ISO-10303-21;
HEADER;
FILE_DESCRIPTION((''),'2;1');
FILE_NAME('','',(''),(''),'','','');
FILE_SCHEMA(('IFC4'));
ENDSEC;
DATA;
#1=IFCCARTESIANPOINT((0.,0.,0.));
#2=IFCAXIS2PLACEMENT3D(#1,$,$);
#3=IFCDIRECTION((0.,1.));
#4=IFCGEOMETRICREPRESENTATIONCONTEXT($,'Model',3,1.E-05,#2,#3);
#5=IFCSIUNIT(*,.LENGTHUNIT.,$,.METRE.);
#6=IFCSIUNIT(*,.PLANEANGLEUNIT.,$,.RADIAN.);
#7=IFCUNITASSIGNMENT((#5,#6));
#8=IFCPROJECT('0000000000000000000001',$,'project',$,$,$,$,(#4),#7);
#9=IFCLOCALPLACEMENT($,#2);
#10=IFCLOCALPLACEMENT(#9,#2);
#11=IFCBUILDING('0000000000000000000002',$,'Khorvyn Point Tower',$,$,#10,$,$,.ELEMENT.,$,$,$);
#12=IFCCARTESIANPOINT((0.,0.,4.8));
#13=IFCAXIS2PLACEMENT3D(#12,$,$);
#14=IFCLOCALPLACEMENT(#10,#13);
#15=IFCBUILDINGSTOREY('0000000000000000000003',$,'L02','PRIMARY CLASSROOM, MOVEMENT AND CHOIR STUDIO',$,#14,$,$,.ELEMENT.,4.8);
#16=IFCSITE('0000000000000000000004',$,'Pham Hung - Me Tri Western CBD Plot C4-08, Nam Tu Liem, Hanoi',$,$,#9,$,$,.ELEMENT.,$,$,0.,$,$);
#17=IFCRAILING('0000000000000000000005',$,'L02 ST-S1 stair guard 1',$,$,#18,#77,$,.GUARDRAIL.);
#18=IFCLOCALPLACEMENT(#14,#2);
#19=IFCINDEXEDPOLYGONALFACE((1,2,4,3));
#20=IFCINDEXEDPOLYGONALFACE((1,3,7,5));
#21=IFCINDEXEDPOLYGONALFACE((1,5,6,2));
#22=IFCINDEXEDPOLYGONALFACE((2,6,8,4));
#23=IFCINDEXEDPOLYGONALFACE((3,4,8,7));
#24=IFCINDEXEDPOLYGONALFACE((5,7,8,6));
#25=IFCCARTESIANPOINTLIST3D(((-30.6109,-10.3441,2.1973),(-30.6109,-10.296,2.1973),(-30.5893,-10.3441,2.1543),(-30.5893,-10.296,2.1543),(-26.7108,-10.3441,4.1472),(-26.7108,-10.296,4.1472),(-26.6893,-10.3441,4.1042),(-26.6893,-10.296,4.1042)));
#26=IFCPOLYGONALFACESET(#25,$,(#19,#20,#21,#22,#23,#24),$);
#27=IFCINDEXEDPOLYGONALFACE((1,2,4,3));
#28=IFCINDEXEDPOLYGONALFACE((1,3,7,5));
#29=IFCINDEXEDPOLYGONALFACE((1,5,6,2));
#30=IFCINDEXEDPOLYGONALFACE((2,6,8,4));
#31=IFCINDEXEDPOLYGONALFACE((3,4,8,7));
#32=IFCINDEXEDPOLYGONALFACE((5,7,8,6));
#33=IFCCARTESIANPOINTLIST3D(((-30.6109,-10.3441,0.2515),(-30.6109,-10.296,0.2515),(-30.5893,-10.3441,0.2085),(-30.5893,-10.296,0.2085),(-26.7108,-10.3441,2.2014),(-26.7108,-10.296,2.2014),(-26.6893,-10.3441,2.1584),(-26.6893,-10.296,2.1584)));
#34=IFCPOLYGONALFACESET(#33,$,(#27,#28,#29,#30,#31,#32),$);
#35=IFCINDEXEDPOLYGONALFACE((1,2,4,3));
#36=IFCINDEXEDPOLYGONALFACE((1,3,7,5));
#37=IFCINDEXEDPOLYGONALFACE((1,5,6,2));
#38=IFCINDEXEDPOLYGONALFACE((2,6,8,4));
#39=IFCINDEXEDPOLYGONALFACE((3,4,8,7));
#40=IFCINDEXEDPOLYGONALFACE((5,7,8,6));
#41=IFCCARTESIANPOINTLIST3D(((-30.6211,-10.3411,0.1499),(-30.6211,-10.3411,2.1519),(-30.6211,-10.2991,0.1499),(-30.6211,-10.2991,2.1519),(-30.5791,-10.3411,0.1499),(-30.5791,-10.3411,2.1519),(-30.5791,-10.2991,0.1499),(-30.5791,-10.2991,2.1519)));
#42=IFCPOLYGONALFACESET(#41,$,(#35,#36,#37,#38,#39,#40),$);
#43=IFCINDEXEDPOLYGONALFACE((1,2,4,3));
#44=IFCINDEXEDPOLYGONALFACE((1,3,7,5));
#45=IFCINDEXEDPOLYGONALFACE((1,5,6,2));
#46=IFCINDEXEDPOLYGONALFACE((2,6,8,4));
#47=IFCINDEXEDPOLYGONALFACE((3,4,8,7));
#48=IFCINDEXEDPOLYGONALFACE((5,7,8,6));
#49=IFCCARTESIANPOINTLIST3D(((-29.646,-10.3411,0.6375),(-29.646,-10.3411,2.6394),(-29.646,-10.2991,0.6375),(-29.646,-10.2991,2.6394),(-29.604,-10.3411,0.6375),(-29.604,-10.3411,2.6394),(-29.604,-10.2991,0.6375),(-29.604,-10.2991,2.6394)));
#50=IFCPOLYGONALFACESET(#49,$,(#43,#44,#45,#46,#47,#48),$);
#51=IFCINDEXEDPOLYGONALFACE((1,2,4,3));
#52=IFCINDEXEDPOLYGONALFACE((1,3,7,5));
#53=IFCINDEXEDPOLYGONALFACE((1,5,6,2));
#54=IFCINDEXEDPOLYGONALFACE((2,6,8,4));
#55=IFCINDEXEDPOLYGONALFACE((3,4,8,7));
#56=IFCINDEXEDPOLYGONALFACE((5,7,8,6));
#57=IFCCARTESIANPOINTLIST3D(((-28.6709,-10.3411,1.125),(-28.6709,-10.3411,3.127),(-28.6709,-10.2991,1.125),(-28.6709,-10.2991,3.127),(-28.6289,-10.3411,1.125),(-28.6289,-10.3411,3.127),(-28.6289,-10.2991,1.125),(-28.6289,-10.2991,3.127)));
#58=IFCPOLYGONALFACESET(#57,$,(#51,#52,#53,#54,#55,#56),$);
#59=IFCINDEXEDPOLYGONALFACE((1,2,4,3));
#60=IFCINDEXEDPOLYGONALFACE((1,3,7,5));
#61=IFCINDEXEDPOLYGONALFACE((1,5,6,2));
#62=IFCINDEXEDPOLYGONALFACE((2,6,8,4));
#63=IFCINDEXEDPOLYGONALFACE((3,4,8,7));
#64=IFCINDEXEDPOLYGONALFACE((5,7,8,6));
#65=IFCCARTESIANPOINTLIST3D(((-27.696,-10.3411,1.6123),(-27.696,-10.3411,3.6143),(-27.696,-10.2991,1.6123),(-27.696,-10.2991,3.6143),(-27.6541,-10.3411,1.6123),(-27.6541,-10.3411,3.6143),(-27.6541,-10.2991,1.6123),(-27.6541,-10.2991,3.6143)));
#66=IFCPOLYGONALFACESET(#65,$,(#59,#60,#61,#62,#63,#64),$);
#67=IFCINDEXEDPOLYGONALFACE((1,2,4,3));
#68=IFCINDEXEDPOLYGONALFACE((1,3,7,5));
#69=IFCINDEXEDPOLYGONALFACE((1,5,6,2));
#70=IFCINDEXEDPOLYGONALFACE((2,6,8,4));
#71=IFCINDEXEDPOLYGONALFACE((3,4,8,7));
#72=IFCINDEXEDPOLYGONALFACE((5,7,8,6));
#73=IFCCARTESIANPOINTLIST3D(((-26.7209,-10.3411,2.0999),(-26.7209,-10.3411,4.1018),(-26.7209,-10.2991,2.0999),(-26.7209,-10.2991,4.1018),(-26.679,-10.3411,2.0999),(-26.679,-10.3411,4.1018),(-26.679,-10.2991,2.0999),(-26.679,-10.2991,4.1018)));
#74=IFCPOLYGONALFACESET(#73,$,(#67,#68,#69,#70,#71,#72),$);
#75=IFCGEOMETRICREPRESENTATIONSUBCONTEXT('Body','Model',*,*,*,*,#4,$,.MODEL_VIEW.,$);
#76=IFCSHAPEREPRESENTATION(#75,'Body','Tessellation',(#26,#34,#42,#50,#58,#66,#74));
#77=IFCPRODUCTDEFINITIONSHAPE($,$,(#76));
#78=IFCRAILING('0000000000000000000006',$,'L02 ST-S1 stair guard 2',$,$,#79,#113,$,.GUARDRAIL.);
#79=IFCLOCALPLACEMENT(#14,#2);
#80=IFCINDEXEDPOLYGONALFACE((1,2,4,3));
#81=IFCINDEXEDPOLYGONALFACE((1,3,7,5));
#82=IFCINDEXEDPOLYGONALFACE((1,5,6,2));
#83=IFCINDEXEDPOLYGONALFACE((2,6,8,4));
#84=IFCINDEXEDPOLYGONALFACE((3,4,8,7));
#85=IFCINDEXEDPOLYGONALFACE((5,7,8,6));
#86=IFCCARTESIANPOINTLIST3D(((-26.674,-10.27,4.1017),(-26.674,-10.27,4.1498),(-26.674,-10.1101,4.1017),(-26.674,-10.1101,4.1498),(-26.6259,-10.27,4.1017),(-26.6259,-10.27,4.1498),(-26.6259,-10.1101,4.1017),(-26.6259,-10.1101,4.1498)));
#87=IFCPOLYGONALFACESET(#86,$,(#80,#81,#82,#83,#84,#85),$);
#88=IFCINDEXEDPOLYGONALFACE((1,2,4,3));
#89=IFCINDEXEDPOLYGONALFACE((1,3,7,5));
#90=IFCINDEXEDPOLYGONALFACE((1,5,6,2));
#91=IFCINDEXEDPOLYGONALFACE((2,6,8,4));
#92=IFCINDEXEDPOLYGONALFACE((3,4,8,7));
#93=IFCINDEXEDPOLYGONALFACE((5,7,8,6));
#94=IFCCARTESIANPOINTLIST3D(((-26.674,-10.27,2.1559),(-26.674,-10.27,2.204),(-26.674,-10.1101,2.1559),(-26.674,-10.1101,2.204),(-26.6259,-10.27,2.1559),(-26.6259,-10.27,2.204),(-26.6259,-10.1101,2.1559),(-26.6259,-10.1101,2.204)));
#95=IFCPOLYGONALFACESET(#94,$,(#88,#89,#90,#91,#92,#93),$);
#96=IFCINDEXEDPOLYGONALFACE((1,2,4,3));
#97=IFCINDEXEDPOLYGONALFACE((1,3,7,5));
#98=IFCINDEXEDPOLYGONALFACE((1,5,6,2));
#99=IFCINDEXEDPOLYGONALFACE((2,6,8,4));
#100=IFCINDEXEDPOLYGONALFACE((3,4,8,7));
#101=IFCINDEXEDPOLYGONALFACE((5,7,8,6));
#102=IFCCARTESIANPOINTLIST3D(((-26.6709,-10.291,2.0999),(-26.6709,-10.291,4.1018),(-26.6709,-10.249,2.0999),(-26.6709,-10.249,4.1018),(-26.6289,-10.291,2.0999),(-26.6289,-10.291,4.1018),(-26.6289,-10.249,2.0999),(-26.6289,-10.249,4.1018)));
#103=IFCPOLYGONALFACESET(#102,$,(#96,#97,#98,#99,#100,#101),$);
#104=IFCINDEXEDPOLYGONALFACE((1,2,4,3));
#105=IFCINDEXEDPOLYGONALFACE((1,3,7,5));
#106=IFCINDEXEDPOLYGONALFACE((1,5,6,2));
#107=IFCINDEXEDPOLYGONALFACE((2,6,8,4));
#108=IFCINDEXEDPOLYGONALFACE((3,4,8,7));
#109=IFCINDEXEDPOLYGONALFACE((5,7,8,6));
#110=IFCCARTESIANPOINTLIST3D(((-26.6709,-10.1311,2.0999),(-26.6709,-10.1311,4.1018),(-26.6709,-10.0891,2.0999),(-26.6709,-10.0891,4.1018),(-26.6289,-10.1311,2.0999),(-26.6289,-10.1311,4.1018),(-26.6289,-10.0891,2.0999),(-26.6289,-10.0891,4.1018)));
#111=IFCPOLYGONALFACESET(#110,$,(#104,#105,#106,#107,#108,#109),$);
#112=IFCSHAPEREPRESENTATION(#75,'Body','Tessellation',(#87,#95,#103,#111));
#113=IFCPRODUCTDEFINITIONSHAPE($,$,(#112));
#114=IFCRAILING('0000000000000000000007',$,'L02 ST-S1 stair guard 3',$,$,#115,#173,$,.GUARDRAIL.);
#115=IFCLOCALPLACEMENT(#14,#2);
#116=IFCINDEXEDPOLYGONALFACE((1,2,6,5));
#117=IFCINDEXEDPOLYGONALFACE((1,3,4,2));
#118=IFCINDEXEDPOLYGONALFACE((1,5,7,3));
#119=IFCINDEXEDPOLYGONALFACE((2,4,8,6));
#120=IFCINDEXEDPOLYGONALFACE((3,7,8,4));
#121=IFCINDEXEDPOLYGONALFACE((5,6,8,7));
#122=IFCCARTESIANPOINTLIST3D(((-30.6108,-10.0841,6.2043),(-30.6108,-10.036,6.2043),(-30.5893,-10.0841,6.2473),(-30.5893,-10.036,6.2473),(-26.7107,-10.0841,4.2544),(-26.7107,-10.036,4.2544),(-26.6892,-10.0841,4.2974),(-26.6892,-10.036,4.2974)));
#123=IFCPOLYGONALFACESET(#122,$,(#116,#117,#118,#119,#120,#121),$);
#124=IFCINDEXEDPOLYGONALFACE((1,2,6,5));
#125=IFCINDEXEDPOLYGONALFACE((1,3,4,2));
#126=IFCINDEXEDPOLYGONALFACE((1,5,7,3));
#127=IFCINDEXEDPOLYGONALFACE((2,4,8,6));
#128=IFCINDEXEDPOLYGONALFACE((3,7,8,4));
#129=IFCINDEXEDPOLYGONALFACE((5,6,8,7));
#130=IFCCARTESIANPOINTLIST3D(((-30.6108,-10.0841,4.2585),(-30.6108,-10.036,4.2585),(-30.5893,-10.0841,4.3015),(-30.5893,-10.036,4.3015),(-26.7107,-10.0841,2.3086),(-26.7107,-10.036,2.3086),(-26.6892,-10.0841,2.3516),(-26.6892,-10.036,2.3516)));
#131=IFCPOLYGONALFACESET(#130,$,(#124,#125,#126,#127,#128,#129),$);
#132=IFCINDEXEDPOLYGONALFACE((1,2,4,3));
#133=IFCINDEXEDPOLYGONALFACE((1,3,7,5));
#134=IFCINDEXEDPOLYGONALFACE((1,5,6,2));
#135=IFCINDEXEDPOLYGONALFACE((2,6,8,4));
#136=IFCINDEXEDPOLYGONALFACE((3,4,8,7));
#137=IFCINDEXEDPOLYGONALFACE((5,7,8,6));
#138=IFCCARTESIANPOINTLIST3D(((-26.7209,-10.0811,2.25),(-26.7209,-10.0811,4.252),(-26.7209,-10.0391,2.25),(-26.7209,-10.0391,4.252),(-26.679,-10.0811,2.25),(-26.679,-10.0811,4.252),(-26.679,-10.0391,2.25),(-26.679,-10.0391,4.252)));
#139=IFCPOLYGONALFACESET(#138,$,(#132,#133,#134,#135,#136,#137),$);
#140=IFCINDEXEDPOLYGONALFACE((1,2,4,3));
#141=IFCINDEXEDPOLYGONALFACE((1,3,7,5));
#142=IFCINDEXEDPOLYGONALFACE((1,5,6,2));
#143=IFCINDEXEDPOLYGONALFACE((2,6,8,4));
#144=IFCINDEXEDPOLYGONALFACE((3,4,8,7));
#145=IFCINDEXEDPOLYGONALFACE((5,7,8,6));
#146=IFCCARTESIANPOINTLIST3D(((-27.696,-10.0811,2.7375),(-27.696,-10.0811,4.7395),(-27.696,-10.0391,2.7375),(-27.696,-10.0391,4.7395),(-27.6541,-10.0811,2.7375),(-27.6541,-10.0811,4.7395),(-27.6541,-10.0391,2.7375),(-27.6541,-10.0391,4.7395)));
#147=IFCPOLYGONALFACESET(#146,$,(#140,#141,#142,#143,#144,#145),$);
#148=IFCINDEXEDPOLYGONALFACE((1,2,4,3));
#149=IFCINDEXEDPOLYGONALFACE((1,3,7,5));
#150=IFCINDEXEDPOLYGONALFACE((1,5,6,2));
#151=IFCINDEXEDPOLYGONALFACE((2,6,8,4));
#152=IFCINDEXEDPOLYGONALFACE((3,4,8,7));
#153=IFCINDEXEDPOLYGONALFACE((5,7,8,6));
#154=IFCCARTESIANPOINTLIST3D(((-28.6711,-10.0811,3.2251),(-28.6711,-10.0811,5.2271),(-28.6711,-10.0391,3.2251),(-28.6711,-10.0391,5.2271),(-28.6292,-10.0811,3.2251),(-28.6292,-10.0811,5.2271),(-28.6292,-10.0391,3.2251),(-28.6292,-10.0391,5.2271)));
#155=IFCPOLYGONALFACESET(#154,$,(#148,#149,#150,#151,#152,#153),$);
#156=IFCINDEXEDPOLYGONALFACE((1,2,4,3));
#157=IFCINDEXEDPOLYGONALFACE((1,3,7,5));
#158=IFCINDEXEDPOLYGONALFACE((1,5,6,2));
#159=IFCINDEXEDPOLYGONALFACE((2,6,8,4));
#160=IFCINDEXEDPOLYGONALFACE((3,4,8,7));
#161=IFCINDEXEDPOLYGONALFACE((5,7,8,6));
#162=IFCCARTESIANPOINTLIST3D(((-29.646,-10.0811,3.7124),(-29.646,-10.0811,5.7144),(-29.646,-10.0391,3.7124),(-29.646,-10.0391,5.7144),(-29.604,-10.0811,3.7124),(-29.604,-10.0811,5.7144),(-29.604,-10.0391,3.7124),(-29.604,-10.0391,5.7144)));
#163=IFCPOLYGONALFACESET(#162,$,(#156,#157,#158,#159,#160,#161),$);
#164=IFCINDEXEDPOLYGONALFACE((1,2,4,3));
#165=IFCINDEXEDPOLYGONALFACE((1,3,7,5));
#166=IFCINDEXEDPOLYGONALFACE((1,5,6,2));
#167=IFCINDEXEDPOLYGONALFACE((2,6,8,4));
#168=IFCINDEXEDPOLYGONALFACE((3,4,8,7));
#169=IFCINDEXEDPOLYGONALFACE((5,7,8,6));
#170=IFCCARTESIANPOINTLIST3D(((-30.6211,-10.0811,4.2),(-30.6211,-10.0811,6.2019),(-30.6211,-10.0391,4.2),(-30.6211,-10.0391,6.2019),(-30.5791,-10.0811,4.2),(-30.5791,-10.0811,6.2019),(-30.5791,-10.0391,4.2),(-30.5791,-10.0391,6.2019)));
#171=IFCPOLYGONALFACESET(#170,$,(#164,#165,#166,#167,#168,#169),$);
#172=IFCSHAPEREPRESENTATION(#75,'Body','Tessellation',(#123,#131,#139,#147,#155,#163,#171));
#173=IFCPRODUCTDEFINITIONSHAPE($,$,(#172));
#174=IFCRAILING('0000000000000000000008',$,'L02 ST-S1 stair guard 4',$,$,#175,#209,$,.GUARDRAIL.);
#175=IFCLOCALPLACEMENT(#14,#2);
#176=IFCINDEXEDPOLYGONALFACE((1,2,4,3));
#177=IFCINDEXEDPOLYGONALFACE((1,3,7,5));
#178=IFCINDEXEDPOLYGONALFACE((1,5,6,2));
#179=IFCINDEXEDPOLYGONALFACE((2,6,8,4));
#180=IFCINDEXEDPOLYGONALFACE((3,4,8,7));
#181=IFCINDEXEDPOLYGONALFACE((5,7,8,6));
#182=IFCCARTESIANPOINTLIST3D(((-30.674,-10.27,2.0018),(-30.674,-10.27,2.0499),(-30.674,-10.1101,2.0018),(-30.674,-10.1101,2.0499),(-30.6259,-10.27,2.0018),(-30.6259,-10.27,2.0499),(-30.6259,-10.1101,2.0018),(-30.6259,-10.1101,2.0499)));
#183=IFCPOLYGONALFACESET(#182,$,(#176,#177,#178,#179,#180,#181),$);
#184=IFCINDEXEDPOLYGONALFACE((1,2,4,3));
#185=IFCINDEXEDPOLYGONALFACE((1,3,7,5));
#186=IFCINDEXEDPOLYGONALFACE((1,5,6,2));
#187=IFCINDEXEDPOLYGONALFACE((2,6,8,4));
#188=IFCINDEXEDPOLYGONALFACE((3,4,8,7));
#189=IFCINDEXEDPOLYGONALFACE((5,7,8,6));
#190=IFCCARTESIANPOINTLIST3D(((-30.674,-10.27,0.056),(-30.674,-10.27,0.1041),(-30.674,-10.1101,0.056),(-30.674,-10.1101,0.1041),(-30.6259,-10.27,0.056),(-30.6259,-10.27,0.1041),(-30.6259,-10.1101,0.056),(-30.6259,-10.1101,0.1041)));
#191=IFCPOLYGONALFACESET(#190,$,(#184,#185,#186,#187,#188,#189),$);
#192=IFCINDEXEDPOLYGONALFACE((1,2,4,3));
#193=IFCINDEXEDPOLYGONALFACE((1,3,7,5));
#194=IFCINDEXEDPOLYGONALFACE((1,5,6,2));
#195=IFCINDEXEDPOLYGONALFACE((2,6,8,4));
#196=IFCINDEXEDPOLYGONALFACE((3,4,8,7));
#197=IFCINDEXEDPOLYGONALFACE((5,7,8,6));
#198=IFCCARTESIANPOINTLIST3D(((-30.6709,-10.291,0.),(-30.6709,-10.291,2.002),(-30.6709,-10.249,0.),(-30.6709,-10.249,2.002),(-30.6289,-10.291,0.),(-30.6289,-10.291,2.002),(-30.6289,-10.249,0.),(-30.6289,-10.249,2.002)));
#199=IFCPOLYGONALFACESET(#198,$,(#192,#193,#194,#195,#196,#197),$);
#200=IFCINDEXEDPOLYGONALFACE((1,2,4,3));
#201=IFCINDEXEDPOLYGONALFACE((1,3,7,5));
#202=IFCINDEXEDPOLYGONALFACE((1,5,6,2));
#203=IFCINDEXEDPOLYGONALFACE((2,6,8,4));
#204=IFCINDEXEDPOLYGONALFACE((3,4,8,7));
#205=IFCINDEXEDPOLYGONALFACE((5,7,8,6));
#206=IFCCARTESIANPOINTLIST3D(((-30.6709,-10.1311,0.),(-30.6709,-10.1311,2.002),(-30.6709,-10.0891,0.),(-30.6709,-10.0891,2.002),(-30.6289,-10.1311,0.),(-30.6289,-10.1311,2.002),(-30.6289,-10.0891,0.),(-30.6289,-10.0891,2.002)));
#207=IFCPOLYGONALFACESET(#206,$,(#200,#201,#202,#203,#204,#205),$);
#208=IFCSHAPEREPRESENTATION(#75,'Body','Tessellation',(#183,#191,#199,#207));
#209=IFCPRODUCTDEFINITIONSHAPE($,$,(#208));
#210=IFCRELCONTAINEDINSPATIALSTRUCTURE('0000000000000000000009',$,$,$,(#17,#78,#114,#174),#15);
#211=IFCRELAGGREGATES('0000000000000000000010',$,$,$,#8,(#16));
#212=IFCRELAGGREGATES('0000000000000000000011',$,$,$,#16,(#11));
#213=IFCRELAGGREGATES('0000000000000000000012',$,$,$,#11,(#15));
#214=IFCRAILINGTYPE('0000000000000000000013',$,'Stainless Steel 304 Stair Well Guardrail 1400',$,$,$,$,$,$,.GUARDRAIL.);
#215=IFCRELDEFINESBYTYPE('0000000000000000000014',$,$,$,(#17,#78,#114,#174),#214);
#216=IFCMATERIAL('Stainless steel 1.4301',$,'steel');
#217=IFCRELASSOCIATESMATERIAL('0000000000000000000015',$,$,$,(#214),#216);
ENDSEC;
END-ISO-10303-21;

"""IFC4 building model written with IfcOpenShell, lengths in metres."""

from ifc_helpers import new_model, si_unit, direction, frame, origin, origin_2d, place, context, subcontext, project, spatial, rectangle, extrude, material, type_object, element, save


model = new_model("IFC4")

# Units and contexts
model_context = context("Model", 3, precision=1e-05, world=origin(), true_north=direction((0.0, 1.0)))
body_context = subcontext(model_context, "Body", "Model", "MODEL_VIEW")
ifc_project = project(units=[si_unit("LENGTHUNIT", "METRE"), si_unit("PLANEANGLEUNIT", "RADIAN")], contexts=[model_context])

# Site, building, storey
site_placement = place(None, origin())
site = spatial("IfcSite", under=ifc_project, at=site_placement, Name="Pham Hung - Me Tri Western CBD Plot C4-08, Nam Tu Liem, Hanoi", CompositionType="ELEMENT", RefElevation=0.0)
building_placement = place(site_placement, origin())
building = spatial("IfcBuilding", under=site, at=building_placement, Name="Khorvyn Point Tower", CompositionType="ELEMENT")
storey_placement = place(building_placement, frame((0.0, 0.0, 4.8)))
storey = spatial("IfcBuildingStorey", under=building, at=storey_placement, Name="L02", Description="PRIMARY CLASSROOM, MOVEMENT AND CHOIR STUDIO", CompositionType="ELEMENT", Elevation=4.8)

# Shared definitions
ifc_material_1 = material(Name="Stainless steel 1.4301", Category="steel")

# Railings
railing_type_1 = type_object("IfcRailingType", Name="Stainless Steel 304 Stair Well Guardrail 1400", PredefinedType="GUARDRAIL", material=ifc_material_1)
railing_1_placement = place(storey_placement, frame((-30.6001, -10.3201, 0.1499)))
element("IfcRailing", 1, at=railing_1_placement, inside=storey, type_object=railing_type_1, Name="L02 ST-S1 stair guard 1", PredefinedType="GUARDRAIL", context=body_context, shape_type="SweptSolid", body=[
    extrude(rectangle(XDim=0.0481, YDim=0.0481, at=origin_2d()), frame((0.0, 0.0, 2.0259), z_axis=(0.894438, 0.0, 0.447191), x_axis=(0.0, 1.0, 0.0)), (0.0, 0.0, 1.0), 4.3604),
    extrude(rectangle(XDim=0.0481, YDim=0.0481, at=origin_2d()), frame((0.0, 0.0, 0.0801), z_axis=(0.894438, 0.0, 0.447191), x_axis=(0.0, 1.0, 0.0)), (0.0, 0.0, 1.0), 4.3604),
    extrude(rectangle(XDim=0.042, YDim=0.042, at=origin_2d()), origin(), (0.0, 0.0, 1.0), 2.002),
    extrude(rectangle(XDim=0.042, YDim=0.042, at=origin_2d()), frame((0.9751, 0.0, 0.4875)), (0.0, 0.0, 1.0), 2.002),
    extrude(rectangle(XDim=0.042, YDim=0.042, at=origin_2d()), frame((1.9502, 0.0, 0.9751)), (0.0, 0.0, 1.0), 2.002),
    extrude(rectangle(XDim=0.042, YDim=0.042, at=origin_2d()), frame((2.925, 0.0, 1.4624)), (0.0, 0.0, 1.0), 2.002),
    extrude(rectangle(XDim=0.042, YDim=0.042, at=origin_2d()), frame((3.9001, 0.0, 1.95)), (0.0, 0.0, 1.0), 2.002),
])
railing_2_placement = place(storey_placement, frame((-26.6499, -10.27, 2.0999)))
element("IfcRailing", 2, at=railing_2_placement, inside=storey, type_object=railing_type_1, Name="L02 ST-S1 stair guard 2", PredefinedType="GUARDRAIL", context=body_context, shape_type="SweptSolid", body=[
    extrude(rectangle(XDim=0.0481, YDim=0.0481, at=origin_2d()), frame((0.0, 0.0, 2.0259), z_axis=(0.0, 1.0, 0.0), x_axis=(-1.0, 0.0, 0.0)), (0.0, 0.0, 1.0), 0.1599),
    extrude(rectangle(XDim=0.0481, YDim=0.0481, at=origin_2d()), frame((0.0, 0.0, 0.0801), z_axis=(0.0, 1.0, 0.0), x_axis=(-1.0, 0.0, 0.0)), (0.0, 0.0, 1.0), 0.1599),
    extrude(rectangle(XDim=0.042, YDim=0.042, at=origin_2d()), origin(), (0.0, 0.0, 1.0), 2.002),
    extrude(rectangle(XDim=0.042, YDim=0.042, at=origin_2d()), frame((0.0, 0.1599, 0.0)), (0.0, 0.0, 1.0), 2.002),
])
railing_3_placement = place(storey_placement, frame((-26.7, -10.0601, 2.25)))
element("IfcRailing", 3, at=railing_3_placement, inside=storey, type_object=railing_type_1, Name="L02 ST-S1 stair guard 3", PredefinedType="GUARDRAIL", context=body_context, shape_type="SweptSolid", body=[
    extrude(rectangle(XDim=0.0481, YDim=0.0481, at=origin_2d()), frame((0.0, 0.0, 2.0259), z_axis=(-0.894438, 0.0, 0.447191), x_axis=(0.0, -1.0, 0.0)), (0.0, 0.0, 1.0), 4.3604),
    extrude(rectangle(XDim=0.0481, YDim=0.0481, at=origin_2d()), frame((0.0, 0.0, 0.0801), z_axis=(-0.894438, 0.0, 0.447191), x_axis=(0.0, -1.0, 0.0)), (0.0, 0.0, 1.0), 4.3604),
    extrude(rectangle(XDim=0.042, YDim=0.042, at=origin_2d()), origin(), (0.0, 0.0, 1.0), 2.002),
    extrude(rectangle(XDim=0.042, YDim=0.042, at=origin_2d()), frame((-0.9751, 0.0, 0.4875)), (0.0, 0.0, 1.0), 2.002),
    extrude(rectangle(XDim=0.042, YDim=0.042, at=origin_2d()), frame((-1.9502, 0.0, 0.9751)), (0.0, 0.0, 1.0), 2.002),
    extrude(rectangle(XDim=0.042, YDim=0.042, at=origin_2d()), frame((-2.925, 0.0, 1.4624)), (0.0, 0.0, 1.0), 2.002),
    extrude(rectangle(XDim=0.042, YDim=0.042, at=origin_2d()), frame((-3.9001, 0.0, 1.95)), (0.0, 0.0, 1.0), 2.002),
])
railing_4_placement = place(storey_placement, frame((-30.6499, -10.27, 0.0)))
element("IfcRailing", 4, at=railing_4_placement, inside=storey, type_object=railing_type_1, Name="L02 ST-S1 stair guard 4", PredefinedType="GUARDRAIL", context=body_context, shape_type="SweptSolid", body=[
    extrude(rectangle(XDim=0.0481, YDim=0.0481, at=origin_2d()), frame((0.0, 0.0, 2.0259), z_axis=(0.0, 1.0, 0.0), x_axis=(-1.0, 0.0, 0.0)), (0.0, 0.0, 1.0), 0.1599),
    extrude(rectangle(XDim=0.0481, YDim=0.0481, at=origin_2d()), frame((0.0, 0.0, 0.0801), z_axis=(0.0, 1.0, 0.0), x_axis=(-1.0, 0.0, 0.0)), (0.0, 0.0, 1.0), 0.1599),
    extrude(rectangle(XDim=0.042, YDim=0.042, at=origin_2d()), origin(), (0.0, 0.0, 1.0), 2.002),
    extrude(rectangle(XDim=0.042, YDim=0.042, at=origin_2d()), frame((0.0, 0.1599, 0.0)), (0.0, 0.0, 1.0), 2.002),
])

save(model, "model.ifc")
